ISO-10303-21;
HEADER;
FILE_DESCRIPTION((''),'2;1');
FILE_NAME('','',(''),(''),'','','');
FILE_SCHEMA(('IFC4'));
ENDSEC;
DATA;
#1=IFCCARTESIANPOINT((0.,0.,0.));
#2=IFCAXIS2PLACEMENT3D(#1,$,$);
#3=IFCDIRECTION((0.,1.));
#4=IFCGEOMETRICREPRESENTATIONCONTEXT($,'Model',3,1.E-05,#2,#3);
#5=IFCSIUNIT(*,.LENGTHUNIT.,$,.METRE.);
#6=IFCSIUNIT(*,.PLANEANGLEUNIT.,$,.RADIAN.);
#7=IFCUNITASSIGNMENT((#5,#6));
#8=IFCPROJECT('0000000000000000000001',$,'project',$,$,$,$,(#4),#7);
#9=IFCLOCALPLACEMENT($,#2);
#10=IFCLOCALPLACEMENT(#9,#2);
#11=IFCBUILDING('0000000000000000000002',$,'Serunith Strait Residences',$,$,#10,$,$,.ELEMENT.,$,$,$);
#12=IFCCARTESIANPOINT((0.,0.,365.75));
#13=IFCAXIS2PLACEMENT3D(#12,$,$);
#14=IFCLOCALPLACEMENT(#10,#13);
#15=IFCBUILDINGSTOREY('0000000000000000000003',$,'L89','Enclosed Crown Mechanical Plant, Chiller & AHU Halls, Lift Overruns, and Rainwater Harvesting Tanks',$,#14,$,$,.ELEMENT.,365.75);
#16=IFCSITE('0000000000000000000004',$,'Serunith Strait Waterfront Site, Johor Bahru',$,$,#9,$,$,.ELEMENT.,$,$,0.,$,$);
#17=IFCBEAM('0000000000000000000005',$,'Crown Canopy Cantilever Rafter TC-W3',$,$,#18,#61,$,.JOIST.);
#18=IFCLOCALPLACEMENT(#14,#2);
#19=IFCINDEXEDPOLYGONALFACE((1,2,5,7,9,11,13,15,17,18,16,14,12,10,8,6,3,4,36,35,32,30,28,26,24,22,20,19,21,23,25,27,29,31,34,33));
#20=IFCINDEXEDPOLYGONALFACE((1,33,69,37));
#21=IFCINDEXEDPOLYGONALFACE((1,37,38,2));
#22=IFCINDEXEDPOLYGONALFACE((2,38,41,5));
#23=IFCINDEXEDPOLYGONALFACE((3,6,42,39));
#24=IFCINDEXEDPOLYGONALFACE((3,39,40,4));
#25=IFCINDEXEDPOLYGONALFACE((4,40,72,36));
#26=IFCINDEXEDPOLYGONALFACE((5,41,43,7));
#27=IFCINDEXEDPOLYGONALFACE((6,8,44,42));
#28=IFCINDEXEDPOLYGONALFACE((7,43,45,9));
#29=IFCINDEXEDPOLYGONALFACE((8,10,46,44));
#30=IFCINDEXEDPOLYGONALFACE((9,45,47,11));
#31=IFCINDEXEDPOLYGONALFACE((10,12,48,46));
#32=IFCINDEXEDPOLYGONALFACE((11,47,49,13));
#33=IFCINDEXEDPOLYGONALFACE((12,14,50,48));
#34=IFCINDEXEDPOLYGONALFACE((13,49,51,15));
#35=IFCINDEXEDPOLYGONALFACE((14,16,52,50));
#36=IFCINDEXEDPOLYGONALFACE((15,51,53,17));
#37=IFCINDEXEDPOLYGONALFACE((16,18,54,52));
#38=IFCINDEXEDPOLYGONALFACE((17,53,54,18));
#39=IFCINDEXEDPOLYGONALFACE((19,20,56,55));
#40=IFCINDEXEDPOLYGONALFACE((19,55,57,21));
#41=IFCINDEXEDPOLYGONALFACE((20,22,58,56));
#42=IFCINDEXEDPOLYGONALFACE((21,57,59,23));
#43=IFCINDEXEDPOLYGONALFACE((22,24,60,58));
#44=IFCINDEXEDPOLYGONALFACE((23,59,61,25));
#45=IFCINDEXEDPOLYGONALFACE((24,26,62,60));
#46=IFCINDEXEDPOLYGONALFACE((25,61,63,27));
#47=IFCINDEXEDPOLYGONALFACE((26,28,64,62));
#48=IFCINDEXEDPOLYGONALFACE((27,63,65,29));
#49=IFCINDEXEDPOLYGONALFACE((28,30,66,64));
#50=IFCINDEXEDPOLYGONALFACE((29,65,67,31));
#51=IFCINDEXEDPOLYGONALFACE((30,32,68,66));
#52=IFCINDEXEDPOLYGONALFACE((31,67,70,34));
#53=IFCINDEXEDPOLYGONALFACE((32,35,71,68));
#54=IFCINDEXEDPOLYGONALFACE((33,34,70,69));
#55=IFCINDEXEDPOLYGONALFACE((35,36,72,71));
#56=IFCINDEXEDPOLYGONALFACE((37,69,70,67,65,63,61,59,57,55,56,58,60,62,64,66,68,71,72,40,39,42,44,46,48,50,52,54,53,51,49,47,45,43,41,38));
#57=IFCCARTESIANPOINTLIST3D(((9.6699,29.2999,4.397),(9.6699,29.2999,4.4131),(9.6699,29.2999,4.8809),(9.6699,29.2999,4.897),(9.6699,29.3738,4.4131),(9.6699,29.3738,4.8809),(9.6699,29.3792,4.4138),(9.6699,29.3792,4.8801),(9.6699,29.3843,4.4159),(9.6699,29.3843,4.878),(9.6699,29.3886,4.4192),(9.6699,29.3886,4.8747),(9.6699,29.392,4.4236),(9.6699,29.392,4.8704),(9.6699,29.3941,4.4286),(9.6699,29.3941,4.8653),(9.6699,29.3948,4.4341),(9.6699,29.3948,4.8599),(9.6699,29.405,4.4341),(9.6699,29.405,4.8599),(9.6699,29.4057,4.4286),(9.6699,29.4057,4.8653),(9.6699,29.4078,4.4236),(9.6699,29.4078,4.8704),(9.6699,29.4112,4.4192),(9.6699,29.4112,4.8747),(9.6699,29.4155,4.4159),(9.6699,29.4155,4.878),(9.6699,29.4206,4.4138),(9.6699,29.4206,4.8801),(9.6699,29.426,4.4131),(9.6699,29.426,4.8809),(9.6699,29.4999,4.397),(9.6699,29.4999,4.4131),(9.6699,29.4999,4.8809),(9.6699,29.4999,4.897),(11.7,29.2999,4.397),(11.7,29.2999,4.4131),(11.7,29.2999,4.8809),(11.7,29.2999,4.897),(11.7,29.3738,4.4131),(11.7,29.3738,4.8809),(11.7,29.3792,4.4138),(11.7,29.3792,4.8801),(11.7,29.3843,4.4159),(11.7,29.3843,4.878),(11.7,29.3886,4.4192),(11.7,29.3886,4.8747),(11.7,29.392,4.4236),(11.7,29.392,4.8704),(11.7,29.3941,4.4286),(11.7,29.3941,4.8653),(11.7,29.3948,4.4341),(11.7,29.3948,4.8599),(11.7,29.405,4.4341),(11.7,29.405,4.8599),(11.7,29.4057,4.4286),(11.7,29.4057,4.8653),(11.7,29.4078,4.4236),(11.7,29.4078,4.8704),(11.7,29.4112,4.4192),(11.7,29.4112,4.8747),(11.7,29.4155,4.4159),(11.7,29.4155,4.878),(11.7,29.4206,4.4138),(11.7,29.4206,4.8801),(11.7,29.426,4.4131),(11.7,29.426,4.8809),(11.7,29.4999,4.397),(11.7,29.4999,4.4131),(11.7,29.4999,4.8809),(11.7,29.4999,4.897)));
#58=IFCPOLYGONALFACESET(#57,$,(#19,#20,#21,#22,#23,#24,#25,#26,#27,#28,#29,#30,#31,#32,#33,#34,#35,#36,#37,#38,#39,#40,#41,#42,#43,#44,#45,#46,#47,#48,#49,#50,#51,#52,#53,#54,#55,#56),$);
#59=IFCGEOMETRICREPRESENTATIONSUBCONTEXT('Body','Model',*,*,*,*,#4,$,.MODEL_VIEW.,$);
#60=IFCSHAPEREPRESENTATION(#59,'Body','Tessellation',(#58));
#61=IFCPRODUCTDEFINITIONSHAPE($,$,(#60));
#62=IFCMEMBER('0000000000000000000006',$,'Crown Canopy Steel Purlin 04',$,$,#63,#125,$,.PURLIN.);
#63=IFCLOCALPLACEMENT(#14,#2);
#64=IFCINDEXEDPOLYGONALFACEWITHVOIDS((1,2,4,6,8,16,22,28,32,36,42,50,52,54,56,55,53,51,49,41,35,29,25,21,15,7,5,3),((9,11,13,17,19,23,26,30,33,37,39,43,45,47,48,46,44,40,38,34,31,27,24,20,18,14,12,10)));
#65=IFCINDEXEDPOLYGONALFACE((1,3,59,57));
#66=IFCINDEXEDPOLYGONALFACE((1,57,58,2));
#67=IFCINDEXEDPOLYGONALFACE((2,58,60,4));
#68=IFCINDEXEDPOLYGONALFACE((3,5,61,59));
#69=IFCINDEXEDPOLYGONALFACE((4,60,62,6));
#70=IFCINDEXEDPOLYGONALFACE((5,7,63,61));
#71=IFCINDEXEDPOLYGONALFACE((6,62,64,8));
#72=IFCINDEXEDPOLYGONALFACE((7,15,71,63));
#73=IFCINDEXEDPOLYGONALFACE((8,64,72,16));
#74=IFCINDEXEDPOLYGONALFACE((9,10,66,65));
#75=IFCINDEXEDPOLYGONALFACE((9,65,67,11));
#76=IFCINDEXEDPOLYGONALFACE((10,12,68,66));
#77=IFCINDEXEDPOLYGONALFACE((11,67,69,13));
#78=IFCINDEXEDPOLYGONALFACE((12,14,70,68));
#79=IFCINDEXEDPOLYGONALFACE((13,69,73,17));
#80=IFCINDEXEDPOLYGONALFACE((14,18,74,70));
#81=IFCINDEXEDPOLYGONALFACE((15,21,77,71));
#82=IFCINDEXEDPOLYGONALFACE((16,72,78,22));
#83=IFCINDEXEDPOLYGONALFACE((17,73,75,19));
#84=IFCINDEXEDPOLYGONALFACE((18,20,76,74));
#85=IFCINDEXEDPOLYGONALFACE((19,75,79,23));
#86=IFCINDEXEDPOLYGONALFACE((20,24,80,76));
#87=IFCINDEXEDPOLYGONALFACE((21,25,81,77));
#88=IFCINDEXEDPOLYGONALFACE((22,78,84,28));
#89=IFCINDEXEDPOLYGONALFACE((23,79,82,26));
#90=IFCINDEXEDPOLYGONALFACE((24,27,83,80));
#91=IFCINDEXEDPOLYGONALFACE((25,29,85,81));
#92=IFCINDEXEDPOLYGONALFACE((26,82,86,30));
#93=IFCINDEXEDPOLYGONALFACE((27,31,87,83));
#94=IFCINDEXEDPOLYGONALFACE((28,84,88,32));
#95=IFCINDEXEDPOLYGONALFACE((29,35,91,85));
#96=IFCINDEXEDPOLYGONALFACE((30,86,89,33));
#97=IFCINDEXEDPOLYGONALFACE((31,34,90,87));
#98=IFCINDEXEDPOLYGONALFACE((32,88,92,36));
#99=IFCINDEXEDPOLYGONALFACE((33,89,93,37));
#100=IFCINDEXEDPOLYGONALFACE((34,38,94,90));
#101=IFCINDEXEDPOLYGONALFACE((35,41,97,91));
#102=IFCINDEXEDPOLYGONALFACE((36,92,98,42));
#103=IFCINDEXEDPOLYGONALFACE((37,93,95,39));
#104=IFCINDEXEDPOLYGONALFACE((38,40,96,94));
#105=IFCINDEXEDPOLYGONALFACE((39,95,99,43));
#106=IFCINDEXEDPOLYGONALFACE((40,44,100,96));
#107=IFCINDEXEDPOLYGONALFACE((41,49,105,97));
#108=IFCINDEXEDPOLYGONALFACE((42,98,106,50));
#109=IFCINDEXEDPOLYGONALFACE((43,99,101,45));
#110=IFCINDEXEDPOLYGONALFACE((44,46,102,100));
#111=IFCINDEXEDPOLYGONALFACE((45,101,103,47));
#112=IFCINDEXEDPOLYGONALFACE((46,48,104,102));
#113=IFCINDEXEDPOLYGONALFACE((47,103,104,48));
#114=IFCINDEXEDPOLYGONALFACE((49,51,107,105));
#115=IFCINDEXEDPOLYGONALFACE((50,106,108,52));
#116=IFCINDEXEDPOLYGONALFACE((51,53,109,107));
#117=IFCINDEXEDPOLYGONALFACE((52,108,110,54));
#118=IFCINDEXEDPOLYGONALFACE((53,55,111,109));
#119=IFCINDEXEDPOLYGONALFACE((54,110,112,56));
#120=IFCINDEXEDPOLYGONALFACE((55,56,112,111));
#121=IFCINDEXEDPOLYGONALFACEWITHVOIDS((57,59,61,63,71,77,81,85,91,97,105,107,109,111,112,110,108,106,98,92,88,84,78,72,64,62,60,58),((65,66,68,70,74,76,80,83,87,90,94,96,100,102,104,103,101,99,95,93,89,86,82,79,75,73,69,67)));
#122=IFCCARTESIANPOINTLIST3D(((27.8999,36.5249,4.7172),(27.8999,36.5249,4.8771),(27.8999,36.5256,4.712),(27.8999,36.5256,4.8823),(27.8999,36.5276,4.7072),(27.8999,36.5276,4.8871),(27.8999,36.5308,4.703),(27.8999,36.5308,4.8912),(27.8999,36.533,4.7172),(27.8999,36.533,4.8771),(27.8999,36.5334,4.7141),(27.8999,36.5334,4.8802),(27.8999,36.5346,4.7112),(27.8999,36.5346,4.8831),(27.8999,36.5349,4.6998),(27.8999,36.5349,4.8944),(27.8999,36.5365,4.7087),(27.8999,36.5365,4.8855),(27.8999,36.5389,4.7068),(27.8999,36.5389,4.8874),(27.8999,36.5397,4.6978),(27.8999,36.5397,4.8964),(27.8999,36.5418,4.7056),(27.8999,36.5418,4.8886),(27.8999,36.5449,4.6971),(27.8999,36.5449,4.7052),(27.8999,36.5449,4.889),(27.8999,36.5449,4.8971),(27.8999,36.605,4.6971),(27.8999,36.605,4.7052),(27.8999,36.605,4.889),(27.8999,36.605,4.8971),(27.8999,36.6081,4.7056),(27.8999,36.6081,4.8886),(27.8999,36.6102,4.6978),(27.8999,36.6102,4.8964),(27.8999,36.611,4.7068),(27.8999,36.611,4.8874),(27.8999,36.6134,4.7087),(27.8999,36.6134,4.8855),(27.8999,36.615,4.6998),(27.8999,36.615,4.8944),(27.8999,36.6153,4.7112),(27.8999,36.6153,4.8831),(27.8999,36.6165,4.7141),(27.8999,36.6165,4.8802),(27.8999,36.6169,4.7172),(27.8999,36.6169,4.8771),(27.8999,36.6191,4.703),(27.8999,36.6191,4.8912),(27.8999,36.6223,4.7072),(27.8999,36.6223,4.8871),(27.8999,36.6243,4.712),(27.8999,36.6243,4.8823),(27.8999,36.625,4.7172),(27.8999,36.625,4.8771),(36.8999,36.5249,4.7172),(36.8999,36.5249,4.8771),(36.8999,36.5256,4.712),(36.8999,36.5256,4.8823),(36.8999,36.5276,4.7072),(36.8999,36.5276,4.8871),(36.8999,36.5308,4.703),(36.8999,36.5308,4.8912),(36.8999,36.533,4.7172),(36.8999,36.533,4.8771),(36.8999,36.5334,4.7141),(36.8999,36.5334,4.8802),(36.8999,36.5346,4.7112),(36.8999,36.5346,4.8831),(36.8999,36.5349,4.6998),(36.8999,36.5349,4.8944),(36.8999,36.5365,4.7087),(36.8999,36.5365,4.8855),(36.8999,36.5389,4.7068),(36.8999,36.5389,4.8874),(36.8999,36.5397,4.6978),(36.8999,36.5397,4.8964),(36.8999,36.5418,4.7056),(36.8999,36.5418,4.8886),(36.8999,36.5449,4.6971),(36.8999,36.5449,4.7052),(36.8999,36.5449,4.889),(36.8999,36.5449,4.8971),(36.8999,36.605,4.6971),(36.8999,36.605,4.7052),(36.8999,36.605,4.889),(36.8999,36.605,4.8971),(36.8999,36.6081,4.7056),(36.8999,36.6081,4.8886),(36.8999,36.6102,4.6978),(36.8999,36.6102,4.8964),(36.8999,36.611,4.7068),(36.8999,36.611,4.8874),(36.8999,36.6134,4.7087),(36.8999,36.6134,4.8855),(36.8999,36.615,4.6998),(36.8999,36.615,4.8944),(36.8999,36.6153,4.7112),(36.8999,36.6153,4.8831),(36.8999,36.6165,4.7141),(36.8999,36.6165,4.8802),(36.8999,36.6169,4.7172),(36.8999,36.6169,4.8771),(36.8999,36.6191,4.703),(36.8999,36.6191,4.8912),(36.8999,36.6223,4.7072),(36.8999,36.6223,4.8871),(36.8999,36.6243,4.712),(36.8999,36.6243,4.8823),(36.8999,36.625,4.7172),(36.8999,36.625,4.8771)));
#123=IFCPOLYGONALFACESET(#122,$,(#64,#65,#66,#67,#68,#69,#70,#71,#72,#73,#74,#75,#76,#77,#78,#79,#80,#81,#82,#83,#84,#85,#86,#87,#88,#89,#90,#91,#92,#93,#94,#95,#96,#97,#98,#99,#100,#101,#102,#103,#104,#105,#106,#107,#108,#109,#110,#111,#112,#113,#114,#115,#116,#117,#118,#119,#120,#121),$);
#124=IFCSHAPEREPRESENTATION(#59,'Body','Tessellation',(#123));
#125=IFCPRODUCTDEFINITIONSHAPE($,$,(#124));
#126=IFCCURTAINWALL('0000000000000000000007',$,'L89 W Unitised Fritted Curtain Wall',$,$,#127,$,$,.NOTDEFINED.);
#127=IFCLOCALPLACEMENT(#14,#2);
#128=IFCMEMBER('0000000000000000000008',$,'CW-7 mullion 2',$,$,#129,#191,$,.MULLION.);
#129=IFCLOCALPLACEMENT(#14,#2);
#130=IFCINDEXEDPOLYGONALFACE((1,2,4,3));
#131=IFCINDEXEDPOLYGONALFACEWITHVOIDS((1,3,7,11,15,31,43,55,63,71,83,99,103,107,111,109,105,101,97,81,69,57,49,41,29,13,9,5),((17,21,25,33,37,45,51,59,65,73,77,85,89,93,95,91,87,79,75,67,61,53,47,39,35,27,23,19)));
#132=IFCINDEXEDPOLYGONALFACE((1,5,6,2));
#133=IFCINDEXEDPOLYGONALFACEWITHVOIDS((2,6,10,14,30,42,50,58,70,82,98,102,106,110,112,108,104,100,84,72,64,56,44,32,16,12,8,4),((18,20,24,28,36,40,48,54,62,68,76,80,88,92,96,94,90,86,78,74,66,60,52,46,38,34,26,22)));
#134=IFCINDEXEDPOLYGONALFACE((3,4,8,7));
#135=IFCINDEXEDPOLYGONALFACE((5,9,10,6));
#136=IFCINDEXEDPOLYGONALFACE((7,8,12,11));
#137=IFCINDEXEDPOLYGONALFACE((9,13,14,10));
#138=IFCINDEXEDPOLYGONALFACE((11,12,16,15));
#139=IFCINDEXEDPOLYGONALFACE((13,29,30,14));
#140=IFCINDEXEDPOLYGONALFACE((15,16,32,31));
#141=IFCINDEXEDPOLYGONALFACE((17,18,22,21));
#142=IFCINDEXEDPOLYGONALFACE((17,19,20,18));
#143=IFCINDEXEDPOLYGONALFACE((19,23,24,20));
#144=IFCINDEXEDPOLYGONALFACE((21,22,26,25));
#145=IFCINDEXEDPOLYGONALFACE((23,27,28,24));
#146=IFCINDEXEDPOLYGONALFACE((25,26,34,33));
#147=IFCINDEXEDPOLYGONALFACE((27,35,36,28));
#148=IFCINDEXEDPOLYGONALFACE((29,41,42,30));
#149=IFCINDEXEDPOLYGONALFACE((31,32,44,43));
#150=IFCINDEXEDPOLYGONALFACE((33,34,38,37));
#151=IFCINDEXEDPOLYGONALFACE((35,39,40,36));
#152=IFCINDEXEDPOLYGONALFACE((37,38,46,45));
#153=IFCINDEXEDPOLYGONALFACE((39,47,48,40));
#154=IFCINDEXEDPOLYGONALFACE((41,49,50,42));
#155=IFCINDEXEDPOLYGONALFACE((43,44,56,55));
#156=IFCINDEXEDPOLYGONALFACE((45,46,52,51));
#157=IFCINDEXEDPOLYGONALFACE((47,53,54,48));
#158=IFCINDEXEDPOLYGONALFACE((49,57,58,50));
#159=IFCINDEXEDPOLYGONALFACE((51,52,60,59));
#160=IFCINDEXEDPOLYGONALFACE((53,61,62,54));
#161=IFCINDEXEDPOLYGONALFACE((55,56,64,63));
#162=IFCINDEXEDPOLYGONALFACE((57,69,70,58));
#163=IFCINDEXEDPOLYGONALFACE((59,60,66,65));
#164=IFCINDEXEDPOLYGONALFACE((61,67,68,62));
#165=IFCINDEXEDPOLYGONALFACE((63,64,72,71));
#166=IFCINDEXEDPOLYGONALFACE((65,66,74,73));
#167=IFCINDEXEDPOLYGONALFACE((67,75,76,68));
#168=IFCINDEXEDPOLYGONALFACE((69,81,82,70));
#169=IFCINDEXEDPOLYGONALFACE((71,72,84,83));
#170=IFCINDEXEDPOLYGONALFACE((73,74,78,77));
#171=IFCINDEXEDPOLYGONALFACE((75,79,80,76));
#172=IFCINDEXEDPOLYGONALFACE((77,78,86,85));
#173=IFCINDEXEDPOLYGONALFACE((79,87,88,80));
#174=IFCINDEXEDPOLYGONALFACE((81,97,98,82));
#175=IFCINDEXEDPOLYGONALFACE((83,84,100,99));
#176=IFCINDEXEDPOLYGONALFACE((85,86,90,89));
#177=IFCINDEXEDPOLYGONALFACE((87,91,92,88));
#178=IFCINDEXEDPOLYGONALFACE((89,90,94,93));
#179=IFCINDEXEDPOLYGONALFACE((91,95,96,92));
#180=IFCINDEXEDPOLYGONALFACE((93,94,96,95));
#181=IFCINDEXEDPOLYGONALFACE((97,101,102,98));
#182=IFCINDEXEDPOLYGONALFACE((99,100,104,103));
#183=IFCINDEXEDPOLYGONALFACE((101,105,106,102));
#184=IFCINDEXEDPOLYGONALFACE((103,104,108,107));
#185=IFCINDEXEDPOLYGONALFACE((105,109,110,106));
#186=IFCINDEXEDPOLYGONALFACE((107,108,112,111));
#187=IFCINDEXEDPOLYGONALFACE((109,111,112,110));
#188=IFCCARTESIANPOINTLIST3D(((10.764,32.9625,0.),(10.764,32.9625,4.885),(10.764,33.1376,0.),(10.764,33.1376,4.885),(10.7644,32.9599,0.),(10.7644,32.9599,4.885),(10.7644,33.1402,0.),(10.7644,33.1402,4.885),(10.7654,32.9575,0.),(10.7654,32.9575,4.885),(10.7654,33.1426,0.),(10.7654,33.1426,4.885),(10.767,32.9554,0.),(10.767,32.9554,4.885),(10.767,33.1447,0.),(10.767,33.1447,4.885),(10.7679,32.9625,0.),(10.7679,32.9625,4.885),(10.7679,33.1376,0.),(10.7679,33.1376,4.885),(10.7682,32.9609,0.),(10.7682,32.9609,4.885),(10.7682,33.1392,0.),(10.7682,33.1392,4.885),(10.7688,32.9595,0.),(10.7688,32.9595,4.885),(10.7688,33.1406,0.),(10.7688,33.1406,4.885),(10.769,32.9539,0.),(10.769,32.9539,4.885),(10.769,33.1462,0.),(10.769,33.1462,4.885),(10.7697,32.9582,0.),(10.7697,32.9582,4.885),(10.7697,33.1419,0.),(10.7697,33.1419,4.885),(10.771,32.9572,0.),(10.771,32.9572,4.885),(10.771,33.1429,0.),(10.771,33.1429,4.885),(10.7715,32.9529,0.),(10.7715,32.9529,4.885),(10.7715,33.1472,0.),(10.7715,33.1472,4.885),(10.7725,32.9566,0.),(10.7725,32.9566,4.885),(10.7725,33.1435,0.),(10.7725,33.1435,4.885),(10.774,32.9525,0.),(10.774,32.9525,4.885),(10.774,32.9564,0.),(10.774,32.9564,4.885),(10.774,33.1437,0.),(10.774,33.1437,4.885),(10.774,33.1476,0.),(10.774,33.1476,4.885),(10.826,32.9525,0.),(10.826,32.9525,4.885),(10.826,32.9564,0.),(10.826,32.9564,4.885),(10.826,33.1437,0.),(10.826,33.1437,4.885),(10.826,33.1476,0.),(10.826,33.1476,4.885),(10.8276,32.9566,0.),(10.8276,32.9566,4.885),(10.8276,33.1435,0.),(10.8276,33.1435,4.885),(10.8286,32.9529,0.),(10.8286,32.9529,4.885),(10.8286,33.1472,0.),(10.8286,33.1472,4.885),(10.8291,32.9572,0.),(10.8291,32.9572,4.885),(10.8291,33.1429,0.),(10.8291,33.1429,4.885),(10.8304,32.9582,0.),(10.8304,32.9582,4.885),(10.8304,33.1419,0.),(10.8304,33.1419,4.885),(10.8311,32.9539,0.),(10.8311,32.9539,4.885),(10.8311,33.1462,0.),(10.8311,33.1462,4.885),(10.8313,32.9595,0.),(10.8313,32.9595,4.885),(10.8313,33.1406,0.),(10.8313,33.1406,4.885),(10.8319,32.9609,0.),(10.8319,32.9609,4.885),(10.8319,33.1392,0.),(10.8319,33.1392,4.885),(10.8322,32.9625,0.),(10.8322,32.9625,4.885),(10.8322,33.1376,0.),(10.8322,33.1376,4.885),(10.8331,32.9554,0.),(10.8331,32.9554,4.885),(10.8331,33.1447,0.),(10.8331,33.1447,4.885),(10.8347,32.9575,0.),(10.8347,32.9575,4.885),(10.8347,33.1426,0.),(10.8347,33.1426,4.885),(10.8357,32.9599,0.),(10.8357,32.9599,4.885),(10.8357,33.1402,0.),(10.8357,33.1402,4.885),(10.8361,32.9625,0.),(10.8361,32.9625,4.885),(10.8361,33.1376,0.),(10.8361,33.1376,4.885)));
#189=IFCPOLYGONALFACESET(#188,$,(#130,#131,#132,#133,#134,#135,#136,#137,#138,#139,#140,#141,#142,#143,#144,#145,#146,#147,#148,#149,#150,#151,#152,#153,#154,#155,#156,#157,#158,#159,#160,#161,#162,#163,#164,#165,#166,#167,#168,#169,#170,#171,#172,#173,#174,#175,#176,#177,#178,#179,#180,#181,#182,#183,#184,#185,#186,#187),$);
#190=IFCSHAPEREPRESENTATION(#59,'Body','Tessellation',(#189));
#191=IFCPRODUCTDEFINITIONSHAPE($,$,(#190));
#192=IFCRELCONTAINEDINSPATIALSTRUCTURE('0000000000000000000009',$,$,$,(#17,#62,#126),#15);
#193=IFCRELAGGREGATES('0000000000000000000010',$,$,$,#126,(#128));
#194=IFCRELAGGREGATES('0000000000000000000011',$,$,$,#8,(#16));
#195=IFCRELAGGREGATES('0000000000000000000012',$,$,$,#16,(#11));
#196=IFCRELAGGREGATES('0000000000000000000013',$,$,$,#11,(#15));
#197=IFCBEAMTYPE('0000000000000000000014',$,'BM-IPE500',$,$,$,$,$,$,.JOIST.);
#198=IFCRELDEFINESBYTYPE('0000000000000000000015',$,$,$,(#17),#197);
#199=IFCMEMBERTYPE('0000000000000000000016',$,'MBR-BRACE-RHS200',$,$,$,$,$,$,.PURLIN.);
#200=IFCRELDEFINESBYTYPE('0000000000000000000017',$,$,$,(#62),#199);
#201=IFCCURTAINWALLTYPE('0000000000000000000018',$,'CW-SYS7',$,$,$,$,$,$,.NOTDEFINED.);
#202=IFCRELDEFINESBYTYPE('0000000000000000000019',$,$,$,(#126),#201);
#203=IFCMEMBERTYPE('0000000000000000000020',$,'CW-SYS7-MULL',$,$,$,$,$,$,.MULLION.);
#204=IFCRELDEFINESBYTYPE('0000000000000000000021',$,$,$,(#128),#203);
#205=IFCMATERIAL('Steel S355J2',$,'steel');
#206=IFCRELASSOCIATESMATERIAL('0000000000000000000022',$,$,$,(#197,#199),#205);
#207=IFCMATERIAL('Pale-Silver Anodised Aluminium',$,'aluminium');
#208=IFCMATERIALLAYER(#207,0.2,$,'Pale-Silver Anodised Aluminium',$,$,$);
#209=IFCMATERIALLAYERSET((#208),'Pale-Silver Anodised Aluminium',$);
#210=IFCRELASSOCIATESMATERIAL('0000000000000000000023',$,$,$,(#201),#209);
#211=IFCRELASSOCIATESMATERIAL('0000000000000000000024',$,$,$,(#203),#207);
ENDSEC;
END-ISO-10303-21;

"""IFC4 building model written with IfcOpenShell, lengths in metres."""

from ifc_helpers import new_model, si_unit, direction, frame, origin, origin_2d, place, context, subcontext, project, spatial, hollow_rectangle, i_section, extrude, source, transform, mapped, material, layer, layer_set, material_profile, profile_set, type_object, element, aggregate, save


model = new_model("IFC4")

# Units and contexts
model_context = context("Model", 3, precision=1e-05, world=origin(), true_north=direction((0.0, 1.0)))
body_context = subcontext(model_context, "Body", "Model", "MODEL_VIEW")
ifc_project = project(units=[si_unit("LENGTHUNIT", "METRE"), si_unit("PLANEANGLEUNIT", "RADIAN")], contexts=[model_context])

# Site, building, storey
site_placement = place(None, origin())
site = spatial("IfcSite", under=ifc_project, at=site_placement, Name="Serunith Strait Waterfront Site, Johor Bahru", CompositionType="ELEMENT", RefElevation=0.0)
building_placement = place(site_placement, origin())
building = spatial("IfcBuilding", under=site, at=building_placement, Name="Serunith Strait Residences", CompositionType="ELEMENT")
storey_placement = place(building_placement, frame((0.0, 0.0, 365.75)))
storey = spatial("IfcBuildingStorey", under=building, at=storey_placement, Name="L89", Description="Enclosed Crown Mechanical Plant, Chiller & AHU Halls, Lift Overruns, and Rainwater Harvesting Tanks", CompositionType="ELEMENT", Elevation=365.75)

# Beam
ifc_material_1 = material(Name="Steel S355J2", Category="steel")
ifc_material_profile_1 = material_profile(ifc_material_1, i_section(OverallWidth=0.2, OverallDepth=0.5, WebThickness=0.0103, FlangeThickness=0.0161, FilletRadius=0.021, at=origin_2d()), Name="IPE 500")
ifc_profile_set_1 = profile_set([ifc_material_profile_1], Name="Steel S355J2")
beam_type_1 = type_object("IfcBeamType", Name="BM-IPE500", PredefinedType="JOIST", material=ifc_profile_set_1)
shared_shape_1 = source(origin(), body_context, "Body", "SweptSolid", [
    extrude(i_section(OverallWidth=0.2, OverallDepth=0.5, WebThickness=0.0103, FlangeThickness=0.0161, FilletRadius=0.021, at=origin_2d()), origin(), (0.0, 0.0, 1.0), 2.03),
])
beam_1_placement = place(storey_placement, frame((11.7, 29.3999, 4.647), z_axis=(-1.0, 0.0, 0.0), x_axis=(0.0, -1.0, 0.0)))
element("IfcBeam", 1, at=beam_1_placement, inside=storey, type_object=beam_type_1, Name="Crown Canopy Cantilever Rafter TC-W3", PredefinedType="JOIST", context=body_context, shape_type="MappedRepresentation", body=[
    mapped(shared_shape_1, transform((0.0, 0.0, 0.0), scale=1.0)),
])

# Member
ifc_material_profile_2 = material_profile(ifc_material_1, hollow_rectangle(XDim=0.1001, YDim=0.2, WallThickness=0.0081, InnerFilletRadius=0.012, OuterFilletRadius=0.02, at=origin_2d()), Name="RHS 200x100x8")
ifc_profile_set_2 = profile_set([ifc_material_profile_2], Name="Steel S355J2")
member_type_1 = type_object("IfcMemberType", Name="MBR-BRACE-RHS200", PredefinedType="PURLIN", material=ifc_profile_set_2)
shared_shape_2 = source(origin(), body_context, "Body", "SweptSolid", [
    extrude(hollow_rectangle(XDim=0.1001, YDim=0.2, WallThickness=0.0081, InnerFilletRadius=0.012, OuterFilletRadius=0.02, at=origin_2d()), origin(), (0.0, 0.0, 1.0), 9.0),
])
member_1_placement = place(storey_placement, frame((27.8999, 36.575, 4.7971), z_axis=(1.0, 0.0, 0.0), x_axis=(0.0, 1.0, 0.0)))
element("IfcMember", 2, at=member_1_placement, inside=storey, type_object=member_type_1, Name="Crown Canopy Steel Purlin 04", PredefinedType="PURLIN", context=body_context, shape_type="MappedRepresentation", body=[
    mapped(shared_shape_2, transform((0.0, 0.0, 0.0), scale=1.0)),
])

# Curtain wall, member
ifc_material_2 = material(Name="Pale-Silver Anodised Aluminium", Category="aluminium")
ifc_layer_1 = layer(ifc_material_2, 0.2, Name="Pale-Silver Anodised Aluminium")
ifc_layer_set_1 = layer_set([ifc_layer_1], Name="Pale-Silver Anodised Aluminium")
curtain_wall_type = type_object("IfcCurtainWallType", Name="CW-SYS7", PredefinedType="NOTDEFINED", material=ifc_layer_set_1)
curtain_wall_1_placement = place(storey_placement, origin())
curtain_wall_1 = element("IfcCurtainWall", 3, at=curtain_wall_1_placement, inside=storey, type_object=curtain_wall_type, Name="L89 W Unitised Fritted Curtain Wall", PredefinedType="NOTDEFINED")
ifc_material_profile_3 = material_profile(ifc_material_2, hollow_rectangle(XDim=0.072, YDim=0.1951, WallThickness=0.0039, InnerFilletRadius=0.0061, OuterFilletRadius=0.01, at=origin_2d()), Name="ALU 195x72x4")
ifc_profile_set_3 = profile_set([ifc_material_profile_3], Name="Pale-Silver Anodised Aluminium")
member_type_2 = type_object("IfcMemberType", Name="CW-SYS7-MULL", PredefinedType="MULLION", material=ifc_profile_set_3)
shared_shape_3 = source(origin(), body_context, "Body", "SweptSolid", [
    extrude(hollow_rectangle(XDim=0.072, YDim=0.1951, WallThickness=0.0039, InnerFilletRadius=0.0061, OuterFilletRadius=0.01, at=origin_2d()), origin(), (0.0, 0.0, 1.0), 4.885),
])
member_2_placement = place(storey_placement, frame((10.8, 33.05, 0.0), z_axis=(0.0, 0.0, 1.0), x_axis=(1.0, 0.0, 0.0)))
member_2 = element("IfcMember", 4, at=member_2_placement, type_object=member_type_2, Name="CW-7 mullion 2", PredefinedType="MULLION", context=body_context, shape_type="MappedRepresentation", body=[
    mapped(shared_shape_3, transform((0.0, 0.0, 0.0), scale=1.0)),
])

aggregate(curtain_wall_1, [member_2])

save(model, "model.ifc")
